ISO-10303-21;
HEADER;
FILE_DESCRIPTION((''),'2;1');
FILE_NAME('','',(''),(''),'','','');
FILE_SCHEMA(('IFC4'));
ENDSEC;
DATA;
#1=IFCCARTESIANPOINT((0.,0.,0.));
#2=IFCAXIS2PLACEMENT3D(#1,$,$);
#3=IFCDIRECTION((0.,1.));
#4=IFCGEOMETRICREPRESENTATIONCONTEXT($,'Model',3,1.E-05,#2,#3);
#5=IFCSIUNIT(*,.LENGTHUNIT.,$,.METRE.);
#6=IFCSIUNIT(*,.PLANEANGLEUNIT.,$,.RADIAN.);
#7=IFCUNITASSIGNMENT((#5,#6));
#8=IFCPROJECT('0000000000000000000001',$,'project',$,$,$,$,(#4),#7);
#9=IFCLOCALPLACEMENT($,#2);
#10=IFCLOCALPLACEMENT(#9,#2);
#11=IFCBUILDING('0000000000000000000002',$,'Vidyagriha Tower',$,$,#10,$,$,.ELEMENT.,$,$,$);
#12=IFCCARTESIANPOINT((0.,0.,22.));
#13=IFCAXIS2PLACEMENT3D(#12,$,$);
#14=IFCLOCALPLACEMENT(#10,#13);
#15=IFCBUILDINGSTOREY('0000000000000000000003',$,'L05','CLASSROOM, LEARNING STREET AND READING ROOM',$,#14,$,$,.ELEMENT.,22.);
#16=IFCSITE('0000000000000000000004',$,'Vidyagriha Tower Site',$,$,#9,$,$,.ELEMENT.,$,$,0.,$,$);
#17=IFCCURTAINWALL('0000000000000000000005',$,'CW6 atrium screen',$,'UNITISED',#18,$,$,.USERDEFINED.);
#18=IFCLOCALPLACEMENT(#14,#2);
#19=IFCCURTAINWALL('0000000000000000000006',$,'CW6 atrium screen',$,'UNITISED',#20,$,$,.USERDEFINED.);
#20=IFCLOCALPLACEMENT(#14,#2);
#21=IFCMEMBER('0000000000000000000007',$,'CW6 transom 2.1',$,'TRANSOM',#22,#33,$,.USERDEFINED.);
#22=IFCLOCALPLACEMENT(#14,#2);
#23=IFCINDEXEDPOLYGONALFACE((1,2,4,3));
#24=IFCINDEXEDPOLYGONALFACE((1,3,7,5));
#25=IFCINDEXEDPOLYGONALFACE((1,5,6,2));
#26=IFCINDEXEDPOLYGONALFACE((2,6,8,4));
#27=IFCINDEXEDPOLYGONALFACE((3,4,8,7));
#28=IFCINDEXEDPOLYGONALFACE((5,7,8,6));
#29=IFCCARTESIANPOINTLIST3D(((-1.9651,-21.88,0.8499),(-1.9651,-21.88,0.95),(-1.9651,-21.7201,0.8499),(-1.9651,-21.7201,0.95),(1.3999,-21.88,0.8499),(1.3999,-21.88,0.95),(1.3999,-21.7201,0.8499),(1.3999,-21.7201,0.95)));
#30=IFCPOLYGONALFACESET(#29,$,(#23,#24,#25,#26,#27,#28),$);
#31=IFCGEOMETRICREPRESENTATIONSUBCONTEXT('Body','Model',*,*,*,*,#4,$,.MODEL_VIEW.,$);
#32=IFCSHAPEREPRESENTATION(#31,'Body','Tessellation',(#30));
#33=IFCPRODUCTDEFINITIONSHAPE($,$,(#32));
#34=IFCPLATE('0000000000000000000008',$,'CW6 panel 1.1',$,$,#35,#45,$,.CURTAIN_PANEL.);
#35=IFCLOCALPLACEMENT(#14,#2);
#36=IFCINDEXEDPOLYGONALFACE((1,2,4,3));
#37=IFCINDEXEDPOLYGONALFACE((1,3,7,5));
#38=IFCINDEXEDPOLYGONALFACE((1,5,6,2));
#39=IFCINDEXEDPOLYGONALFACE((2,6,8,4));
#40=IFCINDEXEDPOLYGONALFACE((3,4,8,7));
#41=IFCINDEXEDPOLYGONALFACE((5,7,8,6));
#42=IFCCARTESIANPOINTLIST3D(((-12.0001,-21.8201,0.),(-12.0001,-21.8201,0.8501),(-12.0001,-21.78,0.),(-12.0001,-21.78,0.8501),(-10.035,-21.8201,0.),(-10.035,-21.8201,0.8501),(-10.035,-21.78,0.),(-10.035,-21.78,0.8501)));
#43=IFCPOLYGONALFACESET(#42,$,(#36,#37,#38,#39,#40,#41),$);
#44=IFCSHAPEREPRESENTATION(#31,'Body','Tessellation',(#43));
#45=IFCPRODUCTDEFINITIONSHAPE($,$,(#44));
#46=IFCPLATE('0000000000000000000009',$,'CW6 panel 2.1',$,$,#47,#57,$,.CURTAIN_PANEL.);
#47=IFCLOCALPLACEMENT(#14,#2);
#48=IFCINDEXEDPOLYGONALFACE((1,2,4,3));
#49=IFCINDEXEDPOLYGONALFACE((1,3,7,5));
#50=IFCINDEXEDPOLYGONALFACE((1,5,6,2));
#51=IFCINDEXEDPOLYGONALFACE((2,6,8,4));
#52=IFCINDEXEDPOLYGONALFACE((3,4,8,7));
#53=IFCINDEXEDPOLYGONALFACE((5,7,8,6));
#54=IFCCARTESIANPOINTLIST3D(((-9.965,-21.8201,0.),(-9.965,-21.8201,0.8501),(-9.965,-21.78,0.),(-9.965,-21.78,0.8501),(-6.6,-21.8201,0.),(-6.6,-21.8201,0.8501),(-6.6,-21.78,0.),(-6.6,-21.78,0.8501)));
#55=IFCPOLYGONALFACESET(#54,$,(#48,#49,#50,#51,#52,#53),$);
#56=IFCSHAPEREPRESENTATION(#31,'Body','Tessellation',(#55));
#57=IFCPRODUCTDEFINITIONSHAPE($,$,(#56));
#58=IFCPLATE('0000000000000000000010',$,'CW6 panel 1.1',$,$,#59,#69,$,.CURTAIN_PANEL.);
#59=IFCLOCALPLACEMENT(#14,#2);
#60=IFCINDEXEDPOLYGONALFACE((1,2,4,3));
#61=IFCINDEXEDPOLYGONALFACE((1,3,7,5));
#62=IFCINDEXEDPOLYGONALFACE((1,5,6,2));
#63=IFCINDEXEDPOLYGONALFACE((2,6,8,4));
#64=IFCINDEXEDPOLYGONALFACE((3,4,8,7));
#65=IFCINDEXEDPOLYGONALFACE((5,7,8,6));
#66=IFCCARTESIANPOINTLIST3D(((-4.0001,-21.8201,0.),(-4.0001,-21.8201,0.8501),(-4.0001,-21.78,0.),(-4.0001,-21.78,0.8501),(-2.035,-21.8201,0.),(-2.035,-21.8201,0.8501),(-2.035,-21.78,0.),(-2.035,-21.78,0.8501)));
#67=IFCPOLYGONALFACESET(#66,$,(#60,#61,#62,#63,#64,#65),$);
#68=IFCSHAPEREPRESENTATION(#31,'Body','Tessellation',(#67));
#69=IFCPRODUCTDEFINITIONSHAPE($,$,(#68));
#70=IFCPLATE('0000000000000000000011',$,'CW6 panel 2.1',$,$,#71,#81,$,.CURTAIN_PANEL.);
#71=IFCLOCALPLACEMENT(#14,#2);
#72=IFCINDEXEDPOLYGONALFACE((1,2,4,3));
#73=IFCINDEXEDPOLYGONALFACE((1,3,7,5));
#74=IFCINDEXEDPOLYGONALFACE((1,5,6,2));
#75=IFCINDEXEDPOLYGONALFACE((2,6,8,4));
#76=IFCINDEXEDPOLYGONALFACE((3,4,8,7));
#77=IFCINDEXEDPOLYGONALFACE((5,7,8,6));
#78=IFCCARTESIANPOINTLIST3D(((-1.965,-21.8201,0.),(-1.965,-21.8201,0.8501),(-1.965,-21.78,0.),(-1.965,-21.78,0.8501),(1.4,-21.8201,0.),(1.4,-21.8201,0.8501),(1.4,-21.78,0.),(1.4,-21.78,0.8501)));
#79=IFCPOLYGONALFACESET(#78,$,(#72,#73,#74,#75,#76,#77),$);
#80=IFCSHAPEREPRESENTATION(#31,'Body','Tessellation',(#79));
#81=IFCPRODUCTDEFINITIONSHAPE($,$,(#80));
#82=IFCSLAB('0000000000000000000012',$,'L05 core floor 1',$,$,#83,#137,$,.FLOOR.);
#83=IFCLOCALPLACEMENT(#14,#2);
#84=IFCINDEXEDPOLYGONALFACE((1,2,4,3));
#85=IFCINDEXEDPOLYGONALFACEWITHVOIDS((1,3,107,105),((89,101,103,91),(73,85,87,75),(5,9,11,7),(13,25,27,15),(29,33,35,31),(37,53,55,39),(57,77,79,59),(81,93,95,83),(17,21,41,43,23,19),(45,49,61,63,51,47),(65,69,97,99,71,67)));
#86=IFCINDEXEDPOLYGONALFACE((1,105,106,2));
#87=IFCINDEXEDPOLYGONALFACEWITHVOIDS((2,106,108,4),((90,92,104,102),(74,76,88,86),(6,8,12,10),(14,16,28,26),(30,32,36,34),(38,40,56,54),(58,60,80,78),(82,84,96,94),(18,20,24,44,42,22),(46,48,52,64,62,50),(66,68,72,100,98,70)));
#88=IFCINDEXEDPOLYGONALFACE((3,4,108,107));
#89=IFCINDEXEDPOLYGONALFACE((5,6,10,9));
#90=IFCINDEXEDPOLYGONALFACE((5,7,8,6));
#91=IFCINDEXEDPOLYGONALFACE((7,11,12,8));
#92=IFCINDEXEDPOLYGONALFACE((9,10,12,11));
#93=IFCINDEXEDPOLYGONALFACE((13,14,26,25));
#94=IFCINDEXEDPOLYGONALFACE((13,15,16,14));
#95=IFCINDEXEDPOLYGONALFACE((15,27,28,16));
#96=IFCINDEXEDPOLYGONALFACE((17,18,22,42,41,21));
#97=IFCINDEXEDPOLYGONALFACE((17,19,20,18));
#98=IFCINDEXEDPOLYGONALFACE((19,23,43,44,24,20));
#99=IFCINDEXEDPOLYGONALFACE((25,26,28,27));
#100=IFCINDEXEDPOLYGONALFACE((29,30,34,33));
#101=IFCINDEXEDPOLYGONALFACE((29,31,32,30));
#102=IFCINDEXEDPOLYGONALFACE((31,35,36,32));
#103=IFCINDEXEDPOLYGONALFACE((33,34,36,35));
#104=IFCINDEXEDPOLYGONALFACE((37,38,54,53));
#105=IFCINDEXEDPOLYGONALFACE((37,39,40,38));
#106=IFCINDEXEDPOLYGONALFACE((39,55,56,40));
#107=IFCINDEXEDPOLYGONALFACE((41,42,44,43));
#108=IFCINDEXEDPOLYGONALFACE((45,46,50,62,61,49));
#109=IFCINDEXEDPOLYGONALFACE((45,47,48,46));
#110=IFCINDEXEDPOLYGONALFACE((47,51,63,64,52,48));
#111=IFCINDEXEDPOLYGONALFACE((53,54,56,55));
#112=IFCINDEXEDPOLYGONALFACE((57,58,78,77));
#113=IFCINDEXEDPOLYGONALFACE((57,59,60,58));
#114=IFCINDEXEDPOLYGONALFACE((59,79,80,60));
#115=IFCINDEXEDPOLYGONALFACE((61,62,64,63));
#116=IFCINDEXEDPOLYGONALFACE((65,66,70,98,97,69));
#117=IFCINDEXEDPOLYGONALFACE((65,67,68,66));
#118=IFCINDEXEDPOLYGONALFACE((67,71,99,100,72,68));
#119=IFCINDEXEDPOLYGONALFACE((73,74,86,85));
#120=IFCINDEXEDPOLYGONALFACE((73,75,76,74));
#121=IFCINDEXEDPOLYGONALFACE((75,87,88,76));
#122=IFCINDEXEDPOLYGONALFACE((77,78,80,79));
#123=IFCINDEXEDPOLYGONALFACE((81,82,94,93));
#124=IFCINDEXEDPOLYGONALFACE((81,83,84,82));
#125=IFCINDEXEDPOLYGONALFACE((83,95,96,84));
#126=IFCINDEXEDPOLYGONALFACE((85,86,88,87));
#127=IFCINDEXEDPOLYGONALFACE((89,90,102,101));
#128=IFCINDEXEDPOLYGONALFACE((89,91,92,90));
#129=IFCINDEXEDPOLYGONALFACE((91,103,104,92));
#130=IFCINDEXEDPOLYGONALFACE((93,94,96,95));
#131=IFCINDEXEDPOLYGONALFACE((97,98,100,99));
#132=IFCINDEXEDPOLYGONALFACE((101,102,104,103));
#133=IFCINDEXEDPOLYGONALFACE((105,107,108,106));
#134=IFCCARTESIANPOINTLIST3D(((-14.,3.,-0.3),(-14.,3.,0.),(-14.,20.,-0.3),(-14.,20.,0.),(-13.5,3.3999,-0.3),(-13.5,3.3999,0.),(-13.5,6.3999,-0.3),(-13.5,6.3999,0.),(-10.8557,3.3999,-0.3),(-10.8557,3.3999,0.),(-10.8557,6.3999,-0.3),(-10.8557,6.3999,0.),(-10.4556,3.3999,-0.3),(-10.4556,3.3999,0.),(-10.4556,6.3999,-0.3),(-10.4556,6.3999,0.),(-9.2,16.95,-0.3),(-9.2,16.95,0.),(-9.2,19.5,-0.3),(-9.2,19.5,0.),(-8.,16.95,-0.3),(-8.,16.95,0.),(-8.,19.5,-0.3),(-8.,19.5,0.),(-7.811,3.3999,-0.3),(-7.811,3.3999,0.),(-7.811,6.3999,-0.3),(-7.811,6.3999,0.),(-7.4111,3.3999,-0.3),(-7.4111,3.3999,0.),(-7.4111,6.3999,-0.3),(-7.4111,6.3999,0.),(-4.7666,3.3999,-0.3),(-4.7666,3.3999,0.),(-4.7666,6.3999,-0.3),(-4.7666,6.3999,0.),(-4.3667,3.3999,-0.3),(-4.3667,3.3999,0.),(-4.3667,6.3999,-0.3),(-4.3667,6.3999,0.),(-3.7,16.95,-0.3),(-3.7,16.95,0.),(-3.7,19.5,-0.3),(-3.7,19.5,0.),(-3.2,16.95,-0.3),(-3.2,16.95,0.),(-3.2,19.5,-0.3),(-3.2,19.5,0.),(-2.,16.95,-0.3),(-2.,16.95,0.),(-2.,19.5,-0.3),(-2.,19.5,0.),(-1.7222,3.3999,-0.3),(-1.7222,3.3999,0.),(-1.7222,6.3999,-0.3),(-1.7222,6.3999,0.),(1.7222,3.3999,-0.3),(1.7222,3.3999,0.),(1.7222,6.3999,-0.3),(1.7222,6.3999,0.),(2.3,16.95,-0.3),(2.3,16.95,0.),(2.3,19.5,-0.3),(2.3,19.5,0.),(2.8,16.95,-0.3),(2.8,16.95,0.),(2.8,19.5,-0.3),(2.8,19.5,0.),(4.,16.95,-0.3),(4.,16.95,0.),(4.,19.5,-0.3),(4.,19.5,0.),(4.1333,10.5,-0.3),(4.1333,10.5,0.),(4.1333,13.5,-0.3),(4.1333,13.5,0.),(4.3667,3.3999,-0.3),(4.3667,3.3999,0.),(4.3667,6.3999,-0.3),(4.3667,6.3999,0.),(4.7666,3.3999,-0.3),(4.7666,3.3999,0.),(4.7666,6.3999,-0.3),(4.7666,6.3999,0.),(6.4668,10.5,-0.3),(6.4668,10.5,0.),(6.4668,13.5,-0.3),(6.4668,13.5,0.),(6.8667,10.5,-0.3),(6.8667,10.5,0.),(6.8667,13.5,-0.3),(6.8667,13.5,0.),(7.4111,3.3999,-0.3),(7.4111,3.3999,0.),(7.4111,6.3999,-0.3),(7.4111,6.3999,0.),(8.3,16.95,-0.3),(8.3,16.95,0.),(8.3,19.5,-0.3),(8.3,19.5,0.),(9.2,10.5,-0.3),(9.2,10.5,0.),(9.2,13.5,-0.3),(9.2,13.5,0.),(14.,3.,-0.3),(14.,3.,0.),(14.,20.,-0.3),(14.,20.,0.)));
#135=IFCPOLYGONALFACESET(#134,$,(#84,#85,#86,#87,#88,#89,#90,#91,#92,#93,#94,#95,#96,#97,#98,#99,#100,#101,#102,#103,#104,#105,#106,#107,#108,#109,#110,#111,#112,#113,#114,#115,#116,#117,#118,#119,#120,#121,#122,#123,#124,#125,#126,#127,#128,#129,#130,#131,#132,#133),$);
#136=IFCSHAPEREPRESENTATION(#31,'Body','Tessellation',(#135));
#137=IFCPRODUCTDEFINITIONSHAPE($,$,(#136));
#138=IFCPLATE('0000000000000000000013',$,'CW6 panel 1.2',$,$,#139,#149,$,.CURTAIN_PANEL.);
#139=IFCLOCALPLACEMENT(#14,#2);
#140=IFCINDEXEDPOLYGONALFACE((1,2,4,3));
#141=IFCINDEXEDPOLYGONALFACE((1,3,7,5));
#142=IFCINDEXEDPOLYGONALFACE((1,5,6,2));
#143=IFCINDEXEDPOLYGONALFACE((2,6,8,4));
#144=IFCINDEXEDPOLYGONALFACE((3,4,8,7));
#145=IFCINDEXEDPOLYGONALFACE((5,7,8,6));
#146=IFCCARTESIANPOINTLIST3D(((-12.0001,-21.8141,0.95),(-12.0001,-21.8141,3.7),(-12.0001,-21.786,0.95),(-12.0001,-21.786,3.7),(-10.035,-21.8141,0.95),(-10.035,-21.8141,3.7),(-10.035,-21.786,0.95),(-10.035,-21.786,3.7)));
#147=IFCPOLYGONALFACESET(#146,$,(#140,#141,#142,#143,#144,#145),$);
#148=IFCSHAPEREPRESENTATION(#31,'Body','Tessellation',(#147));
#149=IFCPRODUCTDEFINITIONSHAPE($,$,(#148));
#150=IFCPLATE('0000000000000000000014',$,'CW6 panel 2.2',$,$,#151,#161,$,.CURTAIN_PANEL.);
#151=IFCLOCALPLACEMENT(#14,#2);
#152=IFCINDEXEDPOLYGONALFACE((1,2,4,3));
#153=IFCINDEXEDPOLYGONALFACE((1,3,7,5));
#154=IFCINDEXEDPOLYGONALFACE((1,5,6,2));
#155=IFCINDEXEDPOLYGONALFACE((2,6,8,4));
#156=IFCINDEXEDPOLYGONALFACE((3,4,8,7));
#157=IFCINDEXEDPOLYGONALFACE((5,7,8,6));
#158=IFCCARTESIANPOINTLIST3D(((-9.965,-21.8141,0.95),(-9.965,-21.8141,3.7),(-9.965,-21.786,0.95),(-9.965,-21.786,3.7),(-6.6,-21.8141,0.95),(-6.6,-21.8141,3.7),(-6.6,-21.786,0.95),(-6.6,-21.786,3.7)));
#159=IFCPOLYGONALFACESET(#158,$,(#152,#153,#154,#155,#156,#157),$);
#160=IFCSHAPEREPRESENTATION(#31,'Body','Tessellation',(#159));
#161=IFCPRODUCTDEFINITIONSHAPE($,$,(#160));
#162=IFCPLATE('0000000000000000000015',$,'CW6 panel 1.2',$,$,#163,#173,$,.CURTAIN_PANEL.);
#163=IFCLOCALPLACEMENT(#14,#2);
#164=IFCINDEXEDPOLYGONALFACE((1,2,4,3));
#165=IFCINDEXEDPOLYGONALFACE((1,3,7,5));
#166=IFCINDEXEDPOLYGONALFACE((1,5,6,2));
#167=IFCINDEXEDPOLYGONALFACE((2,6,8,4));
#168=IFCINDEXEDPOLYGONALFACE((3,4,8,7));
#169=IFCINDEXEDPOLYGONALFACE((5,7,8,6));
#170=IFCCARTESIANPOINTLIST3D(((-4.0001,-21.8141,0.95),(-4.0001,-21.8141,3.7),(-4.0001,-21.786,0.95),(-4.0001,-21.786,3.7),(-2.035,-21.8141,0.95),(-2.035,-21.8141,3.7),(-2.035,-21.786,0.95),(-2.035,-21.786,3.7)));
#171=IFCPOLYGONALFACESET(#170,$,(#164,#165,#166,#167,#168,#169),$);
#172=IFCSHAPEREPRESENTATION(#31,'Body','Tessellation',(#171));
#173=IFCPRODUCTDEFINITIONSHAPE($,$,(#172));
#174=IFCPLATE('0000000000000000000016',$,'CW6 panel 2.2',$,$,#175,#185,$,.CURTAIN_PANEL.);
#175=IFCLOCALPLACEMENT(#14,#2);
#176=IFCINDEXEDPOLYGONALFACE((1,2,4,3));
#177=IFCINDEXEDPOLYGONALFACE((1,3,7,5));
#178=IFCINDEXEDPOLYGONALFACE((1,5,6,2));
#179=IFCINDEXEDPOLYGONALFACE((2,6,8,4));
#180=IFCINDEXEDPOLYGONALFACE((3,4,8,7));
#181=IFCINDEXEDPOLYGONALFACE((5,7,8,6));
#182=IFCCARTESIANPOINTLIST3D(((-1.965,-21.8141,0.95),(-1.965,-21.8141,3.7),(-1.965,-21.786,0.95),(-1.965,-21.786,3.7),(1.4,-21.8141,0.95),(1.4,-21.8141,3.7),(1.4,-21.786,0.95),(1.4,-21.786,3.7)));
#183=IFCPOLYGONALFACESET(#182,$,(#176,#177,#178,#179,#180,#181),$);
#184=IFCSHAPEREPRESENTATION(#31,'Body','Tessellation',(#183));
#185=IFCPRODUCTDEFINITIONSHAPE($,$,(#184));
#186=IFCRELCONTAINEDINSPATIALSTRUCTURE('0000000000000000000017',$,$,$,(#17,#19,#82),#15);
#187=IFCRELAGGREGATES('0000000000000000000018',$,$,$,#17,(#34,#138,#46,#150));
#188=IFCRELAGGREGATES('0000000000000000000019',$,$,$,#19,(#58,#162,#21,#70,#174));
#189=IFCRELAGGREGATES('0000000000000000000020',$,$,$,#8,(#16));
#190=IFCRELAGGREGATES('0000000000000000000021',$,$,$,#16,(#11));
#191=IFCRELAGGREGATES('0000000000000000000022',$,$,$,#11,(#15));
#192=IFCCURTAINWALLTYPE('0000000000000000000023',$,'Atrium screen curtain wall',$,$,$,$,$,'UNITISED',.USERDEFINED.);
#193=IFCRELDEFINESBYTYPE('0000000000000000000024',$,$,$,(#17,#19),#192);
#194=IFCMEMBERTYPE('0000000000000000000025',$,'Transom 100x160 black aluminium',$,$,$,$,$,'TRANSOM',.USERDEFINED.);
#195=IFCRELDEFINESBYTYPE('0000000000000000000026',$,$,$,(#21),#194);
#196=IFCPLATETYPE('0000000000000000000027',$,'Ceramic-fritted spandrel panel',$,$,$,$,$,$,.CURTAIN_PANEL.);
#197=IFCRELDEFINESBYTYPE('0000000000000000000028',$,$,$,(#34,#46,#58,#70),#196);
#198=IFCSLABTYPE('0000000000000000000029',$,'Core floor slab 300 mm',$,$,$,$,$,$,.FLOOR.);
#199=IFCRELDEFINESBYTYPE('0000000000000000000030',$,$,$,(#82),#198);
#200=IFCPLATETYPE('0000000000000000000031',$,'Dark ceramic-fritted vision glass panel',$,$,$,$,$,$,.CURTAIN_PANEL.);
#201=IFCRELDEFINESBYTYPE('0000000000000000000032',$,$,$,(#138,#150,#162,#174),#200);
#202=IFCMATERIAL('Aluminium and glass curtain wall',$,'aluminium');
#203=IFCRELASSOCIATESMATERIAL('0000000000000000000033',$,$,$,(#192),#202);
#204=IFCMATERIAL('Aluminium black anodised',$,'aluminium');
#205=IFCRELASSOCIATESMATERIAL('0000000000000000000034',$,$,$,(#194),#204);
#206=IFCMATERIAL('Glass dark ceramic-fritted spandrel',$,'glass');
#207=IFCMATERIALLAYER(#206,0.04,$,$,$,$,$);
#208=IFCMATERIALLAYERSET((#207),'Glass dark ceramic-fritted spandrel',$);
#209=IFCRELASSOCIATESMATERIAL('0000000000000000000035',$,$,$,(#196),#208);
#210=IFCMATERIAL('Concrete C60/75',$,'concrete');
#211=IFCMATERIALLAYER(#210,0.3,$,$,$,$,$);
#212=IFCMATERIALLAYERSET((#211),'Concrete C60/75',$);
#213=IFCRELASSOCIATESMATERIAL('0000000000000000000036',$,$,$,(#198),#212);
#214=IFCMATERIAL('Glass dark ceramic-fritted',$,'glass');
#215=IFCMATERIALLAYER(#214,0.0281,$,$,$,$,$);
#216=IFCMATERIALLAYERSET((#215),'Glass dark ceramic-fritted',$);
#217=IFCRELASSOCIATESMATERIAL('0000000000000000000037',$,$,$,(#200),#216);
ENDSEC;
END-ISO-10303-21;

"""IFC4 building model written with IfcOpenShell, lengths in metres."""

from ifc_helpers import new_model, si_unit, direction, frame, origin, origin_2d, place, context, subcontext, project, spatial, polyline, rectangle, outline, extrude, material, layer, layer_set, material_profile, profile_set, type_object, element, aggregate, save


model = new_model("IFC4")

# Units and contexts
model_context = context("Model", 3, precision=1e-05, world=origin(), true_north=direction((0.0, 1.0)))
body_context = subcontext(model_context, "Body", "Model", "MODEL_VIEW")
ifc_project = project(units=[si_unit("LENGTHUNIT", "METRE"), si_unit("PLANEANGLEUNIT", "RADIAN")], contexts=[model_context])

# Site, building, storey
site_placement = place(None, origin())
site = spatial("IfcSite", under=ifc_project, at=site_placement, Name="Vidyagriha Tower Site", CompositionType="ELEMENT", RefElevation=0.0)
building_placement = place(site_placement, origin())
building = spatial("IfcBuilding", under=site, at=building_placement, Name="Vidyagriha Tower", CompositionType="ELEMENT")
storey_placement = place(building_placement, frame((0.0, 0.0, 22.0)))
storey = spatial("IfcBuildingStorey", under=building, at=storey_placement, Name="L05", Description="CLASSROOM, LEARNING STREET AND READING ROOM", CompositionType="ELEMENT", Elevation=22.0)

# Curtain wall
ifc_material_1 = material(Name="Aluminium and glass curtain wall", Category="aluminium")
curtain_wall_type = type_object("IfcCurtainWallType", Name="Atrium screen curtain wall", ElementType="UNITISED", PredefinedType="USERDEFINED", material=ifc_material_1)
curtain_wall_1_placement = place(storey_placement, origin())
curtain_wall_1 = element("IfcCurtainWall", 1, at=curtain_wall_1_placement, inside=storey, type_object=curtain_wall_type, Name="CW6 atrium screen", ObjectType="UNITISED", PredefinedType="USERDEFINED")

# Curtain wall
curtain_wall_2_placement = place(storey_placement, origin())
curtain_wall_2 = element("IfcCurtainWall", 2, at=curtain_wall_2_placement, inside=storey, type_object=curtain_wall_type, Name="CW6 atrium screen", ObjectType="UNITISED", PredefinedType="USERDEFINED")

# Member
ifc_material_2 = material(Name="Aluminium black anodised", Category="aluminium")
ifc_material_profile_1 = material_profile(ifc_material_2, rectangle(XDim=0.1599, YDim=0.1001, at=origin_2d()), Name="Transom 100x160 black aluminium")
ifc_profile_set_1 = profile_set([ifc_material_profile_1], Name="Aluminium black anodised")
member_type_1 = type_object("IfcMemberType", Name="Transom 100x160 black aluminium", ElementType="TRANSOM", PredefinedType="USERDEFINED", material=ifc_profile_set_1)
member_1_placement = place(storey_placement, frame((-1.9651, -21.8, 0.8999), z_axis=(1.0, 0.0, 0.0), x_axis=(0.0, 1.0, 0.0)))
member_1 = element("IfcMember", 3, at=member_1_placement, type_object=member_type_1, Name="CW6 transom 2.1", ObjectType="TRANSOM", PredefinedType="USERDEFINED", context=body_context, shape_type="SweptSolid", body=[
    extrude(rectangle(XDim=0.1599, YDim=0.1001, at=origin_2d()), origin(), (0.0, 0.0, 1.0), 3.365),
])

# Plates
ifc_material_3 = material(Name="Glass dark ceramic-fritted spandrel", Category="glass")
ifc_layer_1 = layer(ifc_material_3, 0.04)
ifc_layer_set_1 = layer_set([ifc_layer_1], Name="Glass dark ceramic-fritted spandrel")
plate_type_1 = type_object("IfcPlateType", Name="Ceramic-fritted spandrel panel", PredefinedType="CURTAIN_PANEL", material=ifc_layer_set_1)
plate_1_placement = place(storey_placement, frame((-11.0176, -21.8, 0.0)))
plate_1 = element("IfcPlate", 4, at=plate_1_placement, type_object=plate_type_1, Name="CW6 panel 1.1", PredefinedType="CURTAIN_PANEL", context=body_context, shape_type="SweptSolid", body=[
    extrude(rectangle(XDim=1.9651, YDim=0.04, at=origin_2d()), origin(), (0.0, 0.0, 1.0), 0.8501),
])
plate_2_placement = place(storey_placement, frame((-8.2825, -21.8, 0.0)))
plate_2 = element("IfcPlate", 5, at=plate_2_placement, type_object=plate_type_1, Name="CW6 panel 2.1", PredefinedType="CURTAIN_PANEL", context=body_context, shape_type="SweptSolid", body=[
    extrude(rectangle(XDim=3.365, YDim=0.04, at=origin_2d()), origin(), (0.0, 0.0, 1.0), 0.8501),
])
plate_3_placement = place(storey_placement, frame((-3.0176, -21.8, 0.0)))
plate_3 = element("IfcPlate", 6, at=plate_3_placement, type_object=plate_type_1, Name="CW6 panel 1.1", PredefinedType="CURTAIN_PANEL", context=body_context, shape_type="SweptSolid", body=[
    extrude(rectangle(XDim=1.9651, YDim=0.04, at=origin_2d()), origin(), (0.0, 0.0, 1.0), 0.8501),
])
plate_4_placement = place(storey_placement, frame((-0.2825, -21.8, 0.0)))
plate_4 = element("IfcPlate", 7, at=plate_4_placement, type_object=plate_type_1, Name="CW6 panel 2.1", PredefinedType="CURTAIN_PANEL", context=body_context, shape_type="SweptSolid", body=[
    extrude(rectangle(XDim=3.365, YDim=0.04, at=origin_2d()), origin(), (0.0, 0.0, 1.0), 0.8501),
])

# Slab
ifc_material_4 = material(Name="Concrete C60/75", Category="concrete")
ifc_layer_2 = layer(ifc_material_4, 0.3)
ifc_layer_set_2 = layer_set([ifc_layer_2], Name="Concrete C60/75")
slab_type_1 = type_object("IfcSlabType", Name="Core floor slab 300 mm", PredefinedType="FLOOR", material=ifc_layer_set_2)
slab_1_placement = place(storey_placement, frame((0.0, 0.0, -0.3)))
element("IfcSlab", 8, at=slab_1_placement, inside=storey, type_object=slab_type_1, Name="L05 core floor 1", PredefinedType="FLOOR", context=body_context, shape_type="SweptSolid", body=[
    extrude(outline(polyline([(-14.0, 3.0), (-14.0, 20.0), (14.0, 20.0), (14.0, 3.0), (-14.0, 3.0)]), holes=[polyline([(9.2, 13.5), (6.8667, 13.5), (6.8667, 10.5), (9.2, 10.5), (9.2, 13.5)]), polyline([(4.0, 19.5), (2.8, 19.5), (2.8, 16.95), (4.0, 16.95), (8.3, 16.95), (8.3, 19.5), (4.0, 19.5)]), polyline([(7.4111, 6.3999), (4.7666, 6.3999), (4.7666, 3.3999), (7.4111, 3.3999), (7.4111, 6.3999)]), polyline([(6.4668, 13.5), (4.1333, 13.5), (4.1333, 10.5), (6.4668, 10.5), (6.4668, 13.5)]), polyline([(1.7222, 6.3999), (1.7222, 3.3999), (4.3667, 3.3999), (4.3667, 6.3999), (1.7222, 6.3999)]), polyline([(-2.0, 16.95), (2.3, 16.95), (2.3, 19.5), (-2.0, 19.5), (-3.2, 19.5), (-3.2, 16.95), (-2.0, 16.95)]), polyline([(-1.7222, 6.3999), (-4.3667, 6.3999), (-4.3667, 3.3999), (-1.7222, 3.3999), (-1.7222, 6.3999)]), polyline([(-8.0, 19.5), (-9.2, 19.5), (-9.2, 16.95), (-8.0, 16.95), (-3.7, 16.95), (-3.7, 19.5), (-8.0, 19.5)]), polyline([(-4.7666, 6.3999), (-7.4111, 6.3999), (-7.4111, 3.3999), (-4.7666, 3.3999), (-4.7666, 6.3999)]), polyline([(-7.811, 6.3999), (-10.4556, 6.3999), (-10.4556, 3.3999), (-7.811, 3.3999), (-7.811, 6.3999)]), polyline([(-13.5, 6.3999), (-13.5, 3.3999), (-10.8557, 3.3999), (-10.8557, 6.3999), (-13.5, 6.3999)])]), origin(), (0.0, 0.0, 1.0), 0.3),
])

# Plates
ifc_material_5 = material(Name="Glass dark ceramic-fritted", Category="glass")
ifc_layer_3 = layer(ifc_material_5, 0.0281)
ifc_layer_set_3 = layer_set([ifc_layer_3], Name="Glass dark ceramic-fritted")
plate_type_2 = type_object("IfcPlateType", Name="Dark ceramic-fritted vision glass panel", PredefinedType="CURTAIN_PANEL", material=ifc_layer_set_3)
plate_5_placement = place(storey_placement, frame((-11.0176, -21.8, 0.95)))
plate_5 = element("IfcPlate", 9, at=plate_5_placement, type_object=plate_type_2, Name="CW6 panel 1.2", PredefinedType="CURTAIN_PANEL", context=body_context, shape_type="SweptSolid", body=[
    extrude(rectangle(XDim=1.9651, YDim=0.0281, at=origin_2d()), origin(), (0.0, 0.0, 1.0), 2.75),
])
plate_6_placement = place(storey_placement, frame((-8.2825, -21.8, 0.95)))
plate_6 = element("IfcPlate", 10, at=plate_6_placement, type_object=plate_type_2, Name="CW6 panel 2.2", PredefinedType="CURTAIN_PANEL", context=body_context, shape_type="SweptSolid", body=[
    extrude(rectangle(XDim=3.365, YDim=0.0281, at=origin_2d()), origin(), (0.0, 0.0, 1.0), 2.75),
])
aggregate(curtain_wall_1, [plate_1, plate_5, plate_2, plate_6])
plate_7_placement = place(storey_placement, frame((-3.0176, -21.8, 0.95)))
plate_7 = element("IfcPlate", 11, at=plate_7_placement, type_object=plate_type_2, Name="CW6 panel 1.2", PredefinedType="CURTAIN_PANEL", context=body_context, shape_type="SweptSolid", body=[
    extrude(rectangle(XDim=1.9651, YDim=0.0281, at=origin_2d()), origin(), (0.0, 0.0, 1.0), 2.75),
])
plate_8_placement = place(storey_placement, frame((-0.2825, -21.8, 0.95)))
plate_8 = element("IfcPlate", 12, at=plate_8_placement, type_object=plate_type_2, Name="CW6 panel 2.2", PredefinedType="CURTAIN_PANEL", context=body_context, shape_type="SweptSolid", body=[
    extrude(rectangle(XDim=3.365, YDim=0.0281, at=origin_2d()), origin(), (0.0, 0.0, 1.0), 2.75),
])
aggregate(curtain_wall_2, [plate_3, plate_7, member_1, plate_4, plate_8])

save(model, "model.ifc")
